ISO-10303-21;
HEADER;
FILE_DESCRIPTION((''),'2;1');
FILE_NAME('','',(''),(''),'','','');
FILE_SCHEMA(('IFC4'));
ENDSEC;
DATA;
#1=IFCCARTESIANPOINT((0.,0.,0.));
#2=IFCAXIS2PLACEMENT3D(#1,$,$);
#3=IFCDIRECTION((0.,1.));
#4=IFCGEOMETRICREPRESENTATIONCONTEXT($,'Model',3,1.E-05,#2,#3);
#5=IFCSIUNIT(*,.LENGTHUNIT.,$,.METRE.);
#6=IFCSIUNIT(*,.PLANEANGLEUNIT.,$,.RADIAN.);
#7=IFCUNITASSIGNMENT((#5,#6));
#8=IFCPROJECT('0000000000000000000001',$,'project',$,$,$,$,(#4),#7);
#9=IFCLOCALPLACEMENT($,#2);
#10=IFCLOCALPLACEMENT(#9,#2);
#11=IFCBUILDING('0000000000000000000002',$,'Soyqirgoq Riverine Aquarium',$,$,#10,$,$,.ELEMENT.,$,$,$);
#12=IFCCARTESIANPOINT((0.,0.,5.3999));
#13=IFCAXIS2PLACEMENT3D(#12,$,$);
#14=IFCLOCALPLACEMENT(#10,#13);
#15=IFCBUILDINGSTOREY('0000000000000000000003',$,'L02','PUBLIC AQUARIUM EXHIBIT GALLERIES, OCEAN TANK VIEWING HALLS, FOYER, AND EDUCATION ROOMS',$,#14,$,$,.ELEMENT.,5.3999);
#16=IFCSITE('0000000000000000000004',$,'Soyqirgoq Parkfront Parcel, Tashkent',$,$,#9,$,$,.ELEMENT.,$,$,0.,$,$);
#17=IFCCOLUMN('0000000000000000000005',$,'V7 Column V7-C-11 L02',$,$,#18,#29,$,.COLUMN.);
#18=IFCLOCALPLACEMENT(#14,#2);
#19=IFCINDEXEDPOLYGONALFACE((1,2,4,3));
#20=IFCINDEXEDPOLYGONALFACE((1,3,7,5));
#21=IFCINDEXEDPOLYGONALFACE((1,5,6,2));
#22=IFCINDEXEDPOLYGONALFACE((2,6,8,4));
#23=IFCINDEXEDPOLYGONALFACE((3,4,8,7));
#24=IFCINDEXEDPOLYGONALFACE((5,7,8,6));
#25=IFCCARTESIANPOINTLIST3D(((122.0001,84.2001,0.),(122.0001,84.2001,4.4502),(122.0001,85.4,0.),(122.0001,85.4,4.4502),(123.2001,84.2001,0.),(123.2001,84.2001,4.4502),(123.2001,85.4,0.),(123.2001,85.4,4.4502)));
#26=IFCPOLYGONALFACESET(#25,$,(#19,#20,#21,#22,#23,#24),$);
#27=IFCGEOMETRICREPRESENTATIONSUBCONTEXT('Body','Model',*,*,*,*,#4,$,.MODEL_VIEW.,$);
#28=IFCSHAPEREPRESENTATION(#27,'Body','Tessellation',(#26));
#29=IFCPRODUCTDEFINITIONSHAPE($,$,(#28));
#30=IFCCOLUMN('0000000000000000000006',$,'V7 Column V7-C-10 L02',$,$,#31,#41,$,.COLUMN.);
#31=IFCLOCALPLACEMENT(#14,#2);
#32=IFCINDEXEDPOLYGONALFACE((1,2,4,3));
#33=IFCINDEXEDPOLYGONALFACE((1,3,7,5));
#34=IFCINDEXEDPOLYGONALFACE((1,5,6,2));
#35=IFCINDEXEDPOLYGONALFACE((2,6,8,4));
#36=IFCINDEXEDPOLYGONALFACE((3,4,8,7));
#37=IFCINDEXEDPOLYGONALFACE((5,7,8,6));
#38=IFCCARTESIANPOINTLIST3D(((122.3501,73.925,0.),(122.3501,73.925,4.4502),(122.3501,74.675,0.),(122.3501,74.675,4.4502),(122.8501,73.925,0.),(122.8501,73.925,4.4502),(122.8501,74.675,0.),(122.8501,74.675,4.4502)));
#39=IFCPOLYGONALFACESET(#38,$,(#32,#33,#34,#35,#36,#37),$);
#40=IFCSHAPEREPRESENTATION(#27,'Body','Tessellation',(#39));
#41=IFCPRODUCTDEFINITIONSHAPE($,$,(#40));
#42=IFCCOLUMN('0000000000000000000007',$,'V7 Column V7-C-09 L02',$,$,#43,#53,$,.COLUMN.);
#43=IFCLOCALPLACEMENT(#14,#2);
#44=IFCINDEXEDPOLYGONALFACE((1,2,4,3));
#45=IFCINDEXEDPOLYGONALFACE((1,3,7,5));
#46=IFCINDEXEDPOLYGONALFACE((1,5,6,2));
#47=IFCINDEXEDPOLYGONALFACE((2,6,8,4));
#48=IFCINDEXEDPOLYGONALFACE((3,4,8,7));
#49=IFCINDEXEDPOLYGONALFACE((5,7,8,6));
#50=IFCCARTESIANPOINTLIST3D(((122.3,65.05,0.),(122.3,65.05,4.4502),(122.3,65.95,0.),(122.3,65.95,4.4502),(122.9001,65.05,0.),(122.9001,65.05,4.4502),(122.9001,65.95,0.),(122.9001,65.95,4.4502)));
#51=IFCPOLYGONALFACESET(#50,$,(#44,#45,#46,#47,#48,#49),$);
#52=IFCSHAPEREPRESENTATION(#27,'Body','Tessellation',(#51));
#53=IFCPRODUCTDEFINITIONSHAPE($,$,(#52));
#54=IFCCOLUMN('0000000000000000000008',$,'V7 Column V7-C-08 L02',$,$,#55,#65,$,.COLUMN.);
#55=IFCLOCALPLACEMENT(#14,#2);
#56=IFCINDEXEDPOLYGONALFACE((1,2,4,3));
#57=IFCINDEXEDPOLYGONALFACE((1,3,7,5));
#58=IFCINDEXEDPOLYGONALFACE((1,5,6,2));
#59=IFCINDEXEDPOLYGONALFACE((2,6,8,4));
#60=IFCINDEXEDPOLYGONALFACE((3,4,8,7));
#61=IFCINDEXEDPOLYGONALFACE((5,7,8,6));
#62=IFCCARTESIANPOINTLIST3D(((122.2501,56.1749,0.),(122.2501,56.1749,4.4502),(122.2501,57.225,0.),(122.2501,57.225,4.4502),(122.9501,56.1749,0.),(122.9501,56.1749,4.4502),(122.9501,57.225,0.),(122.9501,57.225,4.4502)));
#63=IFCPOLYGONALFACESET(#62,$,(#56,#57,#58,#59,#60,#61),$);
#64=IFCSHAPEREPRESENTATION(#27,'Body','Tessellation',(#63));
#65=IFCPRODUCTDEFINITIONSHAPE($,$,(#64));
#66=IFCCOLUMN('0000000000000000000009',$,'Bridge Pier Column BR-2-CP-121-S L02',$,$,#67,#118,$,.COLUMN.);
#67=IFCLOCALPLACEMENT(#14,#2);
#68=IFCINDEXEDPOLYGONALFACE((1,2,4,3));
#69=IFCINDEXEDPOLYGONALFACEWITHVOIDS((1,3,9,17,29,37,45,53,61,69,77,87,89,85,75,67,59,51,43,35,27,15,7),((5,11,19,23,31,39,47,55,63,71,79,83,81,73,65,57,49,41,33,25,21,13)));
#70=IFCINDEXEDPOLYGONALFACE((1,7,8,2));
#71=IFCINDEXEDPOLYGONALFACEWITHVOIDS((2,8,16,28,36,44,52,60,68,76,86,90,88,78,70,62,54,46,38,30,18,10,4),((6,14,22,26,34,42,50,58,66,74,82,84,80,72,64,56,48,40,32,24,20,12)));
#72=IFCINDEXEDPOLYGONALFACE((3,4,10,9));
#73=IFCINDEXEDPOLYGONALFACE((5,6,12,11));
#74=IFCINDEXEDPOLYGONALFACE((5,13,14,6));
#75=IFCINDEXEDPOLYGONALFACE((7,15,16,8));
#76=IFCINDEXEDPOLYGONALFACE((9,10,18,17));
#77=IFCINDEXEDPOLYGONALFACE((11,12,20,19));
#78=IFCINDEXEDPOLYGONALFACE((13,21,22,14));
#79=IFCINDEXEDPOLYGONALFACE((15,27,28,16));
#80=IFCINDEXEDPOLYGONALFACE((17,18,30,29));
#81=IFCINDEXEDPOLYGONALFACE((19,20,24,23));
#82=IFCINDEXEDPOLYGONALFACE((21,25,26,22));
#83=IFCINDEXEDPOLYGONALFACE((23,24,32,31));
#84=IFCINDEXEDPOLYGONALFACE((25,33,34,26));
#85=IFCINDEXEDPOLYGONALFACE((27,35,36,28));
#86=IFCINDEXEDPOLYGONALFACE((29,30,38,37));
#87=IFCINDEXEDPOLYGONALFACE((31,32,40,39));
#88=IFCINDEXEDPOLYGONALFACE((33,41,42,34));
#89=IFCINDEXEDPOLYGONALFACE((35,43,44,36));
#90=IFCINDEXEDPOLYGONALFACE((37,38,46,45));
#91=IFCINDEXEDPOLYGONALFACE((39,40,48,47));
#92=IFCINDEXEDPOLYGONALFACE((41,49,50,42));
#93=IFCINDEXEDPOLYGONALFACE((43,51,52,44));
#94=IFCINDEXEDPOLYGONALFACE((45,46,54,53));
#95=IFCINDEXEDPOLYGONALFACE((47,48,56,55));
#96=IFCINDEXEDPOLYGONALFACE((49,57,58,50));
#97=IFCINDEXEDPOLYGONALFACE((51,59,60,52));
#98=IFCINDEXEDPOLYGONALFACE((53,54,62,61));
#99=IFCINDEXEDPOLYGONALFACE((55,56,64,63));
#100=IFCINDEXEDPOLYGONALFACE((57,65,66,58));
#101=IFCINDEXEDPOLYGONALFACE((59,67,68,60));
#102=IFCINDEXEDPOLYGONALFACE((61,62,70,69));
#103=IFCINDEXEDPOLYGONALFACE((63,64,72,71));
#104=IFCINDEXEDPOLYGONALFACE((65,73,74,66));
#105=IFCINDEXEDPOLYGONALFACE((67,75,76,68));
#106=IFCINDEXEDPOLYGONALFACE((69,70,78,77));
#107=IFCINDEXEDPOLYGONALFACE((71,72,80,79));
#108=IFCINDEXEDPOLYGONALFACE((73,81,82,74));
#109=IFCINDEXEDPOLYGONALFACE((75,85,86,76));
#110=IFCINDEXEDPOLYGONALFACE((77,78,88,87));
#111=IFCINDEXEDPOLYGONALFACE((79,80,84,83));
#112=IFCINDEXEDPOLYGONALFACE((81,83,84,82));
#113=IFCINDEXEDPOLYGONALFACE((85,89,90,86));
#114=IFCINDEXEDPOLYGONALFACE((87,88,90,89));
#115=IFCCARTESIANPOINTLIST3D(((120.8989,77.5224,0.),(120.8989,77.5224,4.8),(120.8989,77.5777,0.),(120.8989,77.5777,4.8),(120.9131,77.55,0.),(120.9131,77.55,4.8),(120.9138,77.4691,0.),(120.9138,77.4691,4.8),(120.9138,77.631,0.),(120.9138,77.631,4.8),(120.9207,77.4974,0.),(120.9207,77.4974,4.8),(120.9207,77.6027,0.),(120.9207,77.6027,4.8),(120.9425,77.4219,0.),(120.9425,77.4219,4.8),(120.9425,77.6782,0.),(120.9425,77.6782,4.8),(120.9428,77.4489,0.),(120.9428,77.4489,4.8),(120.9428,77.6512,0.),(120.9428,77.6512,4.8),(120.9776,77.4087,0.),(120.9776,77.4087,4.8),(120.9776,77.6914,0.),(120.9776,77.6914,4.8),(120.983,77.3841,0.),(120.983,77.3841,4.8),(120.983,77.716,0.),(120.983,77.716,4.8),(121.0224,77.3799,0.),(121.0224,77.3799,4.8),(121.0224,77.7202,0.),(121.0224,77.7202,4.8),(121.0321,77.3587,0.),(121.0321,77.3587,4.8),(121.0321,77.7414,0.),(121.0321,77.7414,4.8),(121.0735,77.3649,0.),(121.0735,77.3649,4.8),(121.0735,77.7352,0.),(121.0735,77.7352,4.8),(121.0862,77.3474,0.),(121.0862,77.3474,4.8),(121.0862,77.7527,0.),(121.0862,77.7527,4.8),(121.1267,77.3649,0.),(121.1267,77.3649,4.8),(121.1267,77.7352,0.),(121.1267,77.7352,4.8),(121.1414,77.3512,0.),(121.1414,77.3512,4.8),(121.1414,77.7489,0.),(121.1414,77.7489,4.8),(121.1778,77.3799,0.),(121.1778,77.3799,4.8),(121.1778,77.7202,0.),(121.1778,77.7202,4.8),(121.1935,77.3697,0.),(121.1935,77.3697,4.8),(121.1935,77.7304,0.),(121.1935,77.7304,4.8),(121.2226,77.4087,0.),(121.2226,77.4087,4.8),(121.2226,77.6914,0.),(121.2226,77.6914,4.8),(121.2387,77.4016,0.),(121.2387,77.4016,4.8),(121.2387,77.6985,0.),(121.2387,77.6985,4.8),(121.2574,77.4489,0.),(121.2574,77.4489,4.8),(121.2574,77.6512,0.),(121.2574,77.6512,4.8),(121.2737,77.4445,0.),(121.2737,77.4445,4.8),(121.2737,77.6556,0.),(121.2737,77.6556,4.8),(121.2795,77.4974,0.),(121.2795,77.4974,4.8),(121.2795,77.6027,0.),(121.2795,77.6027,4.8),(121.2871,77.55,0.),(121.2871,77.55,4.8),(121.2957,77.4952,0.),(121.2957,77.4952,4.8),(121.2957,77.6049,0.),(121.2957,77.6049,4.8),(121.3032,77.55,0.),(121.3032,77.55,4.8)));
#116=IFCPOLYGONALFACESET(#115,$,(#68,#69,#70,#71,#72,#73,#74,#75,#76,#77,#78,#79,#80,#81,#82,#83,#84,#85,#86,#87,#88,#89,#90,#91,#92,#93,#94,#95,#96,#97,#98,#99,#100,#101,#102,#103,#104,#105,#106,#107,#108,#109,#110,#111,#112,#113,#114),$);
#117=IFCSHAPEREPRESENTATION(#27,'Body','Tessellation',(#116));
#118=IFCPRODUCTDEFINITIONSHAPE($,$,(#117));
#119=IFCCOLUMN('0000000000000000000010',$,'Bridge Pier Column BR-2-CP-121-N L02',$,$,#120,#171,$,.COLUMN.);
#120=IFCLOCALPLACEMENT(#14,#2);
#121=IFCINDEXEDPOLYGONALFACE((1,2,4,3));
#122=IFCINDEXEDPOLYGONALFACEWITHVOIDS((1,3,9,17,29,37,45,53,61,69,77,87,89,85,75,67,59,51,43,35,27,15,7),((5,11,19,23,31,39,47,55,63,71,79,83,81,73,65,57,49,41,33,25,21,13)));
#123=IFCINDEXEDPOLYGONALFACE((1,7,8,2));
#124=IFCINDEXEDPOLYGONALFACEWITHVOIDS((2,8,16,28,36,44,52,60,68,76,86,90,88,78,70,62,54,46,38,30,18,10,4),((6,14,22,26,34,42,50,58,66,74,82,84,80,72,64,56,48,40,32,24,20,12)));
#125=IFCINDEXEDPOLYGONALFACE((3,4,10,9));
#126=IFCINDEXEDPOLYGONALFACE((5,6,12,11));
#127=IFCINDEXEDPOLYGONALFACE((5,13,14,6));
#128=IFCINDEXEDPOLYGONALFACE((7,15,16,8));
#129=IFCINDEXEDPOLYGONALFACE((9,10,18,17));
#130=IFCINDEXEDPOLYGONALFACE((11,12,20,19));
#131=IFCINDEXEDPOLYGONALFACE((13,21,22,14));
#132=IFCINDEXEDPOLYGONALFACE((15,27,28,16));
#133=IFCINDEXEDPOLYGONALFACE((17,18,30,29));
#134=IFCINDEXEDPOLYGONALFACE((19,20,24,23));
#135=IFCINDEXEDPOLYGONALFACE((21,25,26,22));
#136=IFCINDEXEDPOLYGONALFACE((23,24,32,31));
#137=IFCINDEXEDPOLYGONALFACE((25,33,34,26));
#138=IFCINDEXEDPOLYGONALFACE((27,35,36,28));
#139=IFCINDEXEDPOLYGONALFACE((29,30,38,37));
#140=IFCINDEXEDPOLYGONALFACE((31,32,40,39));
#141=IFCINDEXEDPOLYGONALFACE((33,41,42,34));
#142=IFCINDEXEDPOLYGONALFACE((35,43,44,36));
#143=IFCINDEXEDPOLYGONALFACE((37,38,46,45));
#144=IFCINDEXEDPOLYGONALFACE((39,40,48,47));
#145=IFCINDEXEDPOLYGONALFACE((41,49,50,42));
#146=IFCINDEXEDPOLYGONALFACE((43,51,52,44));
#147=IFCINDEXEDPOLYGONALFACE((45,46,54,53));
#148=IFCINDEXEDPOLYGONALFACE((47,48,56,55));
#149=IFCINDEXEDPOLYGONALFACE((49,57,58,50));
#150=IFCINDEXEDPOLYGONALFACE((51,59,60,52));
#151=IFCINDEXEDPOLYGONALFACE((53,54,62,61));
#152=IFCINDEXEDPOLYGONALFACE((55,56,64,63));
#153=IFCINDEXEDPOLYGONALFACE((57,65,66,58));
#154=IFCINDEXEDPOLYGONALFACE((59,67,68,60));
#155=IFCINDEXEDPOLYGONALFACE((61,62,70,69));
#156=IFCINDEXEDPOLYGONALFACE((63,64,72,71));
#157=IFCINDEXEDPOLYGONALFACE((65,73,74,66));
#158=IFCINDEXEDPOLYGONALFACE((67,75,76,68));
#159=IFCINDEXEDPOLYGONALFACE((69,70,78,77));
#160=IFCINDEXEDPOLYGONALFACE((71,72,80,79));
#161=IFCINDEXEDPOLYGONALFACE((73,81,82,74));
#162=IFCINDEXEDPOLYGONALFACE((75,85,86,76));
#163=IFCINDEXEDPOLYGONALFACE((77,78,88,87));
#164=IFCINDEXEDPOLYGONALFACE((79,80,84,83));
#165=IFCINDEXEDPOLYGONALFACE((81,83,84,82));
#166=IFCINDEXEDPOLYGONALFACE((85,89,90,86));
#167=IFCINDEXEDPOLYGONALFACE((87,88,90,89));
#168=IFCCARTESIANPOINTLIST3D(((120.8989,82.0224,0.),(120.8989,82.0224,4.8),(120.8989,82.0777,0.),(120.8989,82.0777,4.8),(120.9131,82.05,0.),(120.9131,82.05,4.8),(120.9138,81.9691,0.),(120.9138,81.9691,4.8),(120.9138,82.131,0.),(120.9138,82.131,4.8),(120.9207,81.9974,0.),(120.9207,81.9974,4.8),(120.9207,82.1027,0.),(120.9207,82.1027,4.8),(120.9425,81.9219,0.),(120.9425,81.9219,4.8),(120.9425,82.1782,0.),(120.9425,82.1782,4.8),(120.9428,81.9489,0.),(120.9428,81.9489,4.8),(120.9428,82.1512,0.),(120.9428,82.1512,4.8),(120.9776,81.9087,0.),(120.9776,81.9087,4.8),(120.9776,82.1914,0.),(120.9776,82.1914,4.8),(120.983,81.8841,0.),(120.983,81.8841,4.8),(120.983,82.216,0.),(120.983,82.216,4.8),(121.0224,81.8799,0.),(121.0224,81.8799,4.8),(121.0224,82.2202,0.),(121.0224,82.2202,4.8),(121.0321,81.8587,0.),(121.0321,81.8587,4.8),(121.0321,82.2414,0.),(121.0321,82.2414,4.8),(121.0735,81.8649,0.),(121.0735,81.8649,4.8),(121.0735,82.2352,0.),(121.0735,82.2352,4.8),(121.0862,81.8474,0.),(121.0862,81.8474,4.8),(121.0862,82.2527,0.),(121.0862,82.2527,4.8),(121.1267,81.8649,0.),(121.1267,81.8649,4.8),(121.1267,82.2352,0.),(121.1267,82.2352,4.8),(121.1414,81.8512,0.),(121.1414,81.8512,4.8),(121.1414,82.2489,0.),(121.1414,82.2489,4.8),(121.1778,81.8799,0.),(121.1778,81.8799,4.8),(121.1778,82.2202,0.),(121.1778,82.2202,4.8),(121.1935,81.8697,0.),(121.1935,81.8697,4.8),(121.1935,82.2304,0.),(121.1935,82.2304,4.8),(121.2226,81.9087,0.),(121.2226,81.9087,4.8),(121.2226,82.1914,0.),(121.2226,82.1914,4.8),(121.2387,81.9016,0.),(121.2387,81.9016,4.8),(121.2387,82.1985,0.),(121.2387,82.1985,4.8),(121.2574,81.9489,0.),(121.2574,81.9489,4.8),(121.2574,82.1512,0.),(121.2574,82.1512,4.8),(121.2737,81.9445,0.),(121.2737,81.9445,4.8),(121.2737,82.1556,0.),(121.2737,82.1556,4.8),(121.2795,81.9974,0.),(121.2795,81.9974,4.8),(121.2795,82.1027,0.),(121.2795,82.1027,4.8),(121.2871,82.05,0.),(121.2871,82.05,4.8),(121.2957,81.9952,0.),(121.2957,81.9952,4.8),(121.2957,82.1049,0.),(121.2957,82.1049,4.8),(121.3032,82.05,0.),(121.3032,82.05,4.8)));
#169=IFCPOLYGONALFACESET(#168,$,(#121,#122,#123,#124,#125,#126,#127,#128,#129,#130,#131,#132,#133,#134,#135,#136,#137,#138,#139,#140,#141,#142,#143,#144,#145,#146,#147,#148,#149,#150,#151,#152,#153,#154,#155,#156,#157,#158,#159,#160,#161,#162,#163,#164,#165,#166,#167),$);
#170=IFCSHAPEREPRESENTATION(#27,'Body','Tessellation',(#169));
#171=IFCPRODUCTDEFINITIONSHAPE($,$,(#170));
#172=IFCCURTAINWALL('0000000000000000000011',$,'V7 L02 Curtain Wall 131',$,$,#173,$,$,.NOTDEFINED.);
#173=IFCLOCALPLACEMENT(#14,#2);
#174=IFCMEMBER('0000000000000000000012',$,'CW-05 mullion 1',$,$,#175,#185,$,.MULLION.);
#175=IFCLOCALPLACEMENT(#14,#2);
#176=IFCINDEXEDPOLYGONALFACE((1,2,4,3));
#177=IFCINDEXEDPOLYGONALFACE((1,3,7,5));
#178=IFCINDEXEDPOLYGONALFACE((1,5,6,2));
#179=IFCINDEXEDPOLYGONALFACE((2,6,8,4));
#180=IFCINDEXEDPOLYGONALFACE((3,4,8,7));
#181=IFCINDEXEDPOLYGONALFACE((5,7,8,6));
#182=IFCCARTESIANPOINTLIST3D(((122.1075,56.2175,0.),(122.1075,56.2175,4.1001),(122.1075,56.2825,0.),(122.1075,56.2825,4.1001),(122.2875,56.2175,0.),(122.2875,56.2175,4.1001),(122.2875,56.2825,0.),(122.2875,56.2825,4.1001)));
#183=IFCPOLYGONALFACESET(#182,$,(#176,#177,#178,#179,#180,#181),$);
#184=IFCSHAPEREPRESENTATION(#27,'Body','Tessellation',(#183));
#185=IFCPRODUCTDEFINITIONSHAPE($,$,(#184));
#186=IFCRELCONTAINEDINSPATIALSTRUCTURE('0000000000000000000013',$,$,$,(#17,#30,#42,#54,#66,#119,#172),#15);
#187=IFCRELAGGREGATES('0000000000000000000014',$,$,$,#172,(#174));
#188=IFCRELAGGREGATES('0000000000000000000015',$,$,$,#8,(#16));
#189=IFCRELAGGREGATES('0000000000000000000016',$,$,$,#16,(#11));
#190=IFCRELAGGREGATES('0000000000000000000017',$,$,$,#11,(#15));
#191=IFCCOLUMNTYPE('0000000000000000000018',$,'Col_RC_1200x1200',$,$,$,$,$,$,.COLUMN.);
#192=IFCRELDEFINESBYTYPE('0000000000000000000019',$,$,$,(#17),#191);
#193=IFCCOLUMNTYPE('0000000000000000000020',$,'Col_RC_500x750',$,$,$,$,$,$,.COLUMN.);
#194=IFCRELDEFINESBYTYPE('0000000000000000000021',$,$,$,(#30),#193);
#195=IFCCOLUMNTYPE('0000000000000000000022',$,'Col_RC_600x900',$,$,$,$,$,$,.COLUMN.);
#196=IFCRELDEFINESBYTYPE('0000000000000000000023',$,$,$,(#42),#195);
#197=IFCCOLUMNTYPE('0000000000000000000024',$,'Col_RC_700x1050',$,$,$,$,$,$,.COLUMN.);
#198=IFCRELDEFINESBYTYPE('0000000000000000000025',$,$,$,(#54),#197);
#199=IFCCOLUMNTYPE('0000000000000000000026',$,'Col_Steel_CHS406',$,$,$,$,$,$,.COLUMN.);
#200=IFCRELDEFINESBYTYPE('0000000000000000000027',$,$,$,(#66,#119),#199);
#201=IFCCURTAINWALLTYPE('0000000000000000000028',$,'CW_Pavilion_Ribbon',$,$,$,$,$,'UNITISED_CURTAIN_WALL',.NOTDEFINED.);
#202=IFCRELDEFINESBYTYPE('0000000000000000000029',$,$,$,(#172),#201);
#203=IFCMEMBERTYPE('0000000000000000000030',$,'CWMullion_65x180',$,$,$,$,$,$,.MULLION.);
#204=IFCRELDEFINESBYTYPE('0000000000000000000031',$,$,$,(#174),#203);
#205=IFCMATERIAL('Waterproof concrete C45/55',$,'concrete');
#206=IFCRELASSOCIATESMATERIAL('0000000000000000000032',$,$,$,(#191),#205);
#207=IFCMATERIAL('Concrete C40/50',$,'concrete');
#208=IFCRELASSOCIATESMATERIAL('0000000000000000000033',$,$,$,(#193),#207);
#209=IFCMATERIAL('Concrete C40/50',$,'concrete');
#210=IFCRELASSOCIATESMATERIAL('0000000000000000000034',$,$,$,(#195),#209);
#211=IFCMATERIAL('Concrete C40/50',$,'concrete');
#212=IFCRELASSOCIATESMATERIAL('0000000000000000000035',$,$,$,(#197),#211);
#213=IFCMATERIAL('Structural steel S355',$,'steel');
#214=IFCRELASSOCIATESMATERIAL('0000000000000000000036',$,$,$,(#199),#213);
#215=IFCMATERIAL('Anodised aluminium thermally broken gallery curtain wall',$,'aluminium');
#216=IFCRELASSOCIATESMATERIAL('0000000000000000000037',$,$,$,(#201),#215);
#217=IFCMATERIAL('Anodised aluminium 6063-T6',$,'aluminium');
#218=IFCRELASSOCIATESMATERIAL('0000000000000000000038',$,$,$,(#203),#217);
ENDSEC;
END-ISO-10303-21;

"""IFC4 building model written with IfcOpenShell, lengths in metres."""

from ifc_helpers import new_model, si_unit, direction, frame, origin, origin_2d, place, context, subcontext, project, spatial, rectangle, hollow_circle, extrude, material, material_profile, profile_set, type_object, element, aggregate, save


model = new_model("IFC4")

# Units and contexts
model_context = context("Model", 3, precision=1e-05, world=origin(), true_north=direction((0.0, 1.0)))
body_context = subcontext(model_context, "Body", "Model", "MODEL_VIEW")
ifc_project = project(units=[si_unit("LENGTHUNIT", "METRE"), si_unit("PLANEANGLEUNIT", "RADIAN")], contexts=[model_context])

# Site, building, storey
site_placement = place(None, origin())
site = spatial("IfcSite", under=ifc_project, at=site_placement, Name="Soyqirgoq Parkfront Parcel, Tashkent", CompositionType="ELEMENT", RefElevation=0.0)
building_placement = place(site_placement, origin())
building = spatial("IfcBuilding", under=site, at=building_placement, Name="Soyqirgoq Riverine Aquarium", CompositionType="ELEMENT")
storey_placement = place(building_placement, frame((0.0, 0.0, 5.3999)))
storey = spatial("IfcBuildingStorey", under=building, at=storey_placement, Name="L02", Description="PUBLIC AQUARIUM EXHIBIT GALLERIES, OCEAN TANK VIEWING HALLS, FOYER, AND EDUCATION ROOMS", CompositionType="ELEMENT", Elevation=5.3999)

# Columns
ifc_material_1 = material(Name="Waterproof concrete C45/55", Category="concrete")
ifc_material_profile_1 = material_profile(ifc_material_1, rectangle(XDim=1.2, YDim=1.2, at=origin_2d()), Name="RC 1200x1200")
ifc_profile_set_1 = profile_set([ifc_material_profile_1], Name="Waterproof concrete C45/55")
column_type_1 = type_object("IfcColumnType", Name="Col_RC_1200x1200", PredefinedType="COLUMN", material=ifc_profile_set_1)
column_1_placement = place(storey_placement, frame((122.6001, 84.8, 0.0), z_axis=(0.0, 0.0, 1.0), x_axis=(1.0, 0.0, 0.0)))
element("IfcColumn", 1, at=column_1_placement, inside=storey, type_object=column_type_1, Name="V7 Column V7-C-11 L02", PredefinedType="COLUMN", context=body_context, shape_type="SweptSolid", body=[
    extrude(rectangle(XDim=1.2, YDim=1.2, at=origin_2d()), origin(), (0.0, 0.0, 1.0), 4.4502),
])
ifc_material_2 = material(Name="Concrete C40/50", Category="concrete")
ifc_material_profile_2 = material_profile(ifc_material_2, rectangle(XDim=0.5, YDim=0.75, at=origin_2d()), Name="RC-COL 500x750")
ifc_profile_set_2 = profile_set([ifc_material_profile_2], Name="Concrete C40/50")
column_type_2 = type_object("IfcColumnType", Name="Col_RC_500x750", PredefinedType="COLUMN", material=ifc_profile_set_2)
column_2_placement = place(storey_placement, frame((122.6001, 74.3, 0.0), z_axis=(0.0, 0.0, 1.0), x_axis=(1.0, 0.0, 0.0)))
element("IfcColumn", 2, at=column_2_placement, inside=storey, type_object=column_type_2, Name="V7 Column V7-C-10 L02", PredefinedType="COLUMN", context=body_context, shape_type="SweptSolid", body=[
    extrude(rectangle(XDim=0.5, YDim=0.75, at=origin_2d()), origin(), (0.0, 0.0, 1.0), 4.4502),
])
ifc_material_3 = material(Name="Concrete C40/50", Category="concrete")
ifc_material_profile_3 = material_profile(ifc_material_3, rectangle(XDim=0.6001, YDim=0.8999, at=origin_2d()), Name="RC-COL 600x900")
ifc_profile_set_3 = profile_set([ifc_material_profile_3], Name="Concrete C40/50")
column_type_3 = type_object("IfcColumnType", Name="Col_RC_600x900", PredefinedType="COLUMN", material=ifc_profile_set_3)
column_3_placement = place(storey_placement, frame((122.6001, 65.5, 0.0), z_axis=(0.0, 0.0, 1.0), x_axis=(1.0, 0.0, 0.0)))
element("IfcColumn", 3, at=column_3_placement, inside=storey, type_object=column_type_3, Name="V7 Column V7-C-09 L02", PredefinedType="COLUMN", context=body_context, shape_type="SweptSolid", body=[
    extrude(rectangle(XDim=0.6001, YDim=0.8999, at=origin_2d()), origin(), (0.0, 0.0, 1.0), 4.4502),
])
ifc_material_4 = material(Name="Concrete C40/50", Category="concrete")
ifc_material_profile_4 = material_profile(ifc_material_4, rectangle(XDim=0.7, YDim=1.05, at=origin_2d()), Name="RC-COL 700x1050")
ifc_profile_set_4 = profile_set([ifc_material_profile_4], Name="Concrete C40/50")
column_type_4 = type_object("IfcColumnType", Name="Col_RC_700x1050", PredefinedType="COLUMN", material=ifc_profile_set_4)
column_4_placement = place(storey_placement, frame((122.6001, 56.7, 0.0), z_axis=(0.0, 0.0, 1.0), x_axis=(1.0, 0.0, 0.0)))
element("IfcColumn", 4, at=column_4_placement, inside=storey, type_object=column_type_4, Name="V7 Column V7-C-08 L02", PredefinedType="COLUMN", context=body_context, shape_type="SweptSolid", body=[
    extrude(rectangle(XDim=0.7, YDim=1.05, at=origin_2d()), origin(), (0.0, 0.0, 1.0), 4.4502),
])
ifc_material_5 = material(Name="Structural steel S355", Category="steel")
ifc_material_profile_5 = material_profile(ifc_material_5, hollow_circle(Radius=0.2031, WallThickness=0.0161, at=origin_2d()), Name="CHS 406.4x16")
ifc_profile_set_5 = profile_set([ifc_material_profile_5], Name="Structural steel S355")
column_type_5 = type_object("IfcColumnType", Name="Col_Steel_CHS406", PredefinedType="COLUMN", material=ifc_profile_set_5)
for number, where, z_axis, x_axis, name in (
    (5, (121.1001, 77.55, 0.0), (0.0, 0.0, 1.0), (1.0, 0.0, 0.0), "Bridge Pier Column BR-2-CP-121-S L02"),
    (6, (121.1001, 82.05, 0.0), (0.0, 0.0, 1.0), (1.0, 0.0, 0.0), "Bridge Pier Column BR-2-CP-121-N L02"),
):
    element("IfcColumn", number, at=place(storey_placement, frame(where, z_axis=z_axis, x_axis=x_axis)), inside=storey, type_object=column_type_5, Name=name, PredefinedType="COLUMN", context=body_context, shape_type="SweptSolid", body=[
        extrude(hollow_circle(Radius=0.2031, WallThickness=0.0161, at=origin_2d()), origin(), (0.0, 0.0, 1.0), 4.8),
    ])

# Curtain wall, member
ifc_material_6 = material(Name="Anodised aluminium thermally broken gallery curtain wall", Category="aluminium")
curtain_wall_type = type_object("IfcCurtainWallType", Name="CW_Pavilion_Ribbon", ElementType="UNITISED_CURTAIN_WALL", PredefinedType="NOTDEFINED", material=ifc_material_6)
curtain_wall_placement = place(storey_placement, origin())
curtain_wall = element("IfcCurtainWall", 7, at=curtain_wall_placement, inside=storey, type_object=curtain_wall_type, Name="V7 L02 Curtain Wall 131", PredefinedType="NOTDEFINED")
ifc_material_7 = material(Name="Anodised aluminium 6063-T6", Category="aluminium")
ifc_material_profile_6 = material_profile(ifc_material_7, rectangle(XDim=0.0649, YDim=0.1799, at=origin_2d()), Name="ALU-M 65x180")
ifc_profile_set_6 = profile_set([ifc_material_profile_6], Name="Anodised aluminium 6063-T6")
member_type_1 = type_object("IfcMemberType", Name="CWMullion_65x180", PredefinedType="MULLION", material=ifc_profile_set_6)
member_1_placement = place(storey_placement, frame((122.1975, 56.25, 0.0), z_axis=(0.0, 0.0, 1.0), x_axis=(0.0, -1.0, 0.0)))
member_1 = element("IfcMember", 8, at=member_1_placement, type_object=member_type_1, Name="CW-05 mullion 1", PredefinedType="MULLION", context=body_context, shape_type="SweptSolid", body=[
    extrude(rectangle(XDim=0.0649, YDim=0.1799, at=origin_2d()), origin(), (0.0, 0.0, 1.0), 4.1001),
])
aggregate(curtain_wall, [member_1])

save(model, "model.ifc")
